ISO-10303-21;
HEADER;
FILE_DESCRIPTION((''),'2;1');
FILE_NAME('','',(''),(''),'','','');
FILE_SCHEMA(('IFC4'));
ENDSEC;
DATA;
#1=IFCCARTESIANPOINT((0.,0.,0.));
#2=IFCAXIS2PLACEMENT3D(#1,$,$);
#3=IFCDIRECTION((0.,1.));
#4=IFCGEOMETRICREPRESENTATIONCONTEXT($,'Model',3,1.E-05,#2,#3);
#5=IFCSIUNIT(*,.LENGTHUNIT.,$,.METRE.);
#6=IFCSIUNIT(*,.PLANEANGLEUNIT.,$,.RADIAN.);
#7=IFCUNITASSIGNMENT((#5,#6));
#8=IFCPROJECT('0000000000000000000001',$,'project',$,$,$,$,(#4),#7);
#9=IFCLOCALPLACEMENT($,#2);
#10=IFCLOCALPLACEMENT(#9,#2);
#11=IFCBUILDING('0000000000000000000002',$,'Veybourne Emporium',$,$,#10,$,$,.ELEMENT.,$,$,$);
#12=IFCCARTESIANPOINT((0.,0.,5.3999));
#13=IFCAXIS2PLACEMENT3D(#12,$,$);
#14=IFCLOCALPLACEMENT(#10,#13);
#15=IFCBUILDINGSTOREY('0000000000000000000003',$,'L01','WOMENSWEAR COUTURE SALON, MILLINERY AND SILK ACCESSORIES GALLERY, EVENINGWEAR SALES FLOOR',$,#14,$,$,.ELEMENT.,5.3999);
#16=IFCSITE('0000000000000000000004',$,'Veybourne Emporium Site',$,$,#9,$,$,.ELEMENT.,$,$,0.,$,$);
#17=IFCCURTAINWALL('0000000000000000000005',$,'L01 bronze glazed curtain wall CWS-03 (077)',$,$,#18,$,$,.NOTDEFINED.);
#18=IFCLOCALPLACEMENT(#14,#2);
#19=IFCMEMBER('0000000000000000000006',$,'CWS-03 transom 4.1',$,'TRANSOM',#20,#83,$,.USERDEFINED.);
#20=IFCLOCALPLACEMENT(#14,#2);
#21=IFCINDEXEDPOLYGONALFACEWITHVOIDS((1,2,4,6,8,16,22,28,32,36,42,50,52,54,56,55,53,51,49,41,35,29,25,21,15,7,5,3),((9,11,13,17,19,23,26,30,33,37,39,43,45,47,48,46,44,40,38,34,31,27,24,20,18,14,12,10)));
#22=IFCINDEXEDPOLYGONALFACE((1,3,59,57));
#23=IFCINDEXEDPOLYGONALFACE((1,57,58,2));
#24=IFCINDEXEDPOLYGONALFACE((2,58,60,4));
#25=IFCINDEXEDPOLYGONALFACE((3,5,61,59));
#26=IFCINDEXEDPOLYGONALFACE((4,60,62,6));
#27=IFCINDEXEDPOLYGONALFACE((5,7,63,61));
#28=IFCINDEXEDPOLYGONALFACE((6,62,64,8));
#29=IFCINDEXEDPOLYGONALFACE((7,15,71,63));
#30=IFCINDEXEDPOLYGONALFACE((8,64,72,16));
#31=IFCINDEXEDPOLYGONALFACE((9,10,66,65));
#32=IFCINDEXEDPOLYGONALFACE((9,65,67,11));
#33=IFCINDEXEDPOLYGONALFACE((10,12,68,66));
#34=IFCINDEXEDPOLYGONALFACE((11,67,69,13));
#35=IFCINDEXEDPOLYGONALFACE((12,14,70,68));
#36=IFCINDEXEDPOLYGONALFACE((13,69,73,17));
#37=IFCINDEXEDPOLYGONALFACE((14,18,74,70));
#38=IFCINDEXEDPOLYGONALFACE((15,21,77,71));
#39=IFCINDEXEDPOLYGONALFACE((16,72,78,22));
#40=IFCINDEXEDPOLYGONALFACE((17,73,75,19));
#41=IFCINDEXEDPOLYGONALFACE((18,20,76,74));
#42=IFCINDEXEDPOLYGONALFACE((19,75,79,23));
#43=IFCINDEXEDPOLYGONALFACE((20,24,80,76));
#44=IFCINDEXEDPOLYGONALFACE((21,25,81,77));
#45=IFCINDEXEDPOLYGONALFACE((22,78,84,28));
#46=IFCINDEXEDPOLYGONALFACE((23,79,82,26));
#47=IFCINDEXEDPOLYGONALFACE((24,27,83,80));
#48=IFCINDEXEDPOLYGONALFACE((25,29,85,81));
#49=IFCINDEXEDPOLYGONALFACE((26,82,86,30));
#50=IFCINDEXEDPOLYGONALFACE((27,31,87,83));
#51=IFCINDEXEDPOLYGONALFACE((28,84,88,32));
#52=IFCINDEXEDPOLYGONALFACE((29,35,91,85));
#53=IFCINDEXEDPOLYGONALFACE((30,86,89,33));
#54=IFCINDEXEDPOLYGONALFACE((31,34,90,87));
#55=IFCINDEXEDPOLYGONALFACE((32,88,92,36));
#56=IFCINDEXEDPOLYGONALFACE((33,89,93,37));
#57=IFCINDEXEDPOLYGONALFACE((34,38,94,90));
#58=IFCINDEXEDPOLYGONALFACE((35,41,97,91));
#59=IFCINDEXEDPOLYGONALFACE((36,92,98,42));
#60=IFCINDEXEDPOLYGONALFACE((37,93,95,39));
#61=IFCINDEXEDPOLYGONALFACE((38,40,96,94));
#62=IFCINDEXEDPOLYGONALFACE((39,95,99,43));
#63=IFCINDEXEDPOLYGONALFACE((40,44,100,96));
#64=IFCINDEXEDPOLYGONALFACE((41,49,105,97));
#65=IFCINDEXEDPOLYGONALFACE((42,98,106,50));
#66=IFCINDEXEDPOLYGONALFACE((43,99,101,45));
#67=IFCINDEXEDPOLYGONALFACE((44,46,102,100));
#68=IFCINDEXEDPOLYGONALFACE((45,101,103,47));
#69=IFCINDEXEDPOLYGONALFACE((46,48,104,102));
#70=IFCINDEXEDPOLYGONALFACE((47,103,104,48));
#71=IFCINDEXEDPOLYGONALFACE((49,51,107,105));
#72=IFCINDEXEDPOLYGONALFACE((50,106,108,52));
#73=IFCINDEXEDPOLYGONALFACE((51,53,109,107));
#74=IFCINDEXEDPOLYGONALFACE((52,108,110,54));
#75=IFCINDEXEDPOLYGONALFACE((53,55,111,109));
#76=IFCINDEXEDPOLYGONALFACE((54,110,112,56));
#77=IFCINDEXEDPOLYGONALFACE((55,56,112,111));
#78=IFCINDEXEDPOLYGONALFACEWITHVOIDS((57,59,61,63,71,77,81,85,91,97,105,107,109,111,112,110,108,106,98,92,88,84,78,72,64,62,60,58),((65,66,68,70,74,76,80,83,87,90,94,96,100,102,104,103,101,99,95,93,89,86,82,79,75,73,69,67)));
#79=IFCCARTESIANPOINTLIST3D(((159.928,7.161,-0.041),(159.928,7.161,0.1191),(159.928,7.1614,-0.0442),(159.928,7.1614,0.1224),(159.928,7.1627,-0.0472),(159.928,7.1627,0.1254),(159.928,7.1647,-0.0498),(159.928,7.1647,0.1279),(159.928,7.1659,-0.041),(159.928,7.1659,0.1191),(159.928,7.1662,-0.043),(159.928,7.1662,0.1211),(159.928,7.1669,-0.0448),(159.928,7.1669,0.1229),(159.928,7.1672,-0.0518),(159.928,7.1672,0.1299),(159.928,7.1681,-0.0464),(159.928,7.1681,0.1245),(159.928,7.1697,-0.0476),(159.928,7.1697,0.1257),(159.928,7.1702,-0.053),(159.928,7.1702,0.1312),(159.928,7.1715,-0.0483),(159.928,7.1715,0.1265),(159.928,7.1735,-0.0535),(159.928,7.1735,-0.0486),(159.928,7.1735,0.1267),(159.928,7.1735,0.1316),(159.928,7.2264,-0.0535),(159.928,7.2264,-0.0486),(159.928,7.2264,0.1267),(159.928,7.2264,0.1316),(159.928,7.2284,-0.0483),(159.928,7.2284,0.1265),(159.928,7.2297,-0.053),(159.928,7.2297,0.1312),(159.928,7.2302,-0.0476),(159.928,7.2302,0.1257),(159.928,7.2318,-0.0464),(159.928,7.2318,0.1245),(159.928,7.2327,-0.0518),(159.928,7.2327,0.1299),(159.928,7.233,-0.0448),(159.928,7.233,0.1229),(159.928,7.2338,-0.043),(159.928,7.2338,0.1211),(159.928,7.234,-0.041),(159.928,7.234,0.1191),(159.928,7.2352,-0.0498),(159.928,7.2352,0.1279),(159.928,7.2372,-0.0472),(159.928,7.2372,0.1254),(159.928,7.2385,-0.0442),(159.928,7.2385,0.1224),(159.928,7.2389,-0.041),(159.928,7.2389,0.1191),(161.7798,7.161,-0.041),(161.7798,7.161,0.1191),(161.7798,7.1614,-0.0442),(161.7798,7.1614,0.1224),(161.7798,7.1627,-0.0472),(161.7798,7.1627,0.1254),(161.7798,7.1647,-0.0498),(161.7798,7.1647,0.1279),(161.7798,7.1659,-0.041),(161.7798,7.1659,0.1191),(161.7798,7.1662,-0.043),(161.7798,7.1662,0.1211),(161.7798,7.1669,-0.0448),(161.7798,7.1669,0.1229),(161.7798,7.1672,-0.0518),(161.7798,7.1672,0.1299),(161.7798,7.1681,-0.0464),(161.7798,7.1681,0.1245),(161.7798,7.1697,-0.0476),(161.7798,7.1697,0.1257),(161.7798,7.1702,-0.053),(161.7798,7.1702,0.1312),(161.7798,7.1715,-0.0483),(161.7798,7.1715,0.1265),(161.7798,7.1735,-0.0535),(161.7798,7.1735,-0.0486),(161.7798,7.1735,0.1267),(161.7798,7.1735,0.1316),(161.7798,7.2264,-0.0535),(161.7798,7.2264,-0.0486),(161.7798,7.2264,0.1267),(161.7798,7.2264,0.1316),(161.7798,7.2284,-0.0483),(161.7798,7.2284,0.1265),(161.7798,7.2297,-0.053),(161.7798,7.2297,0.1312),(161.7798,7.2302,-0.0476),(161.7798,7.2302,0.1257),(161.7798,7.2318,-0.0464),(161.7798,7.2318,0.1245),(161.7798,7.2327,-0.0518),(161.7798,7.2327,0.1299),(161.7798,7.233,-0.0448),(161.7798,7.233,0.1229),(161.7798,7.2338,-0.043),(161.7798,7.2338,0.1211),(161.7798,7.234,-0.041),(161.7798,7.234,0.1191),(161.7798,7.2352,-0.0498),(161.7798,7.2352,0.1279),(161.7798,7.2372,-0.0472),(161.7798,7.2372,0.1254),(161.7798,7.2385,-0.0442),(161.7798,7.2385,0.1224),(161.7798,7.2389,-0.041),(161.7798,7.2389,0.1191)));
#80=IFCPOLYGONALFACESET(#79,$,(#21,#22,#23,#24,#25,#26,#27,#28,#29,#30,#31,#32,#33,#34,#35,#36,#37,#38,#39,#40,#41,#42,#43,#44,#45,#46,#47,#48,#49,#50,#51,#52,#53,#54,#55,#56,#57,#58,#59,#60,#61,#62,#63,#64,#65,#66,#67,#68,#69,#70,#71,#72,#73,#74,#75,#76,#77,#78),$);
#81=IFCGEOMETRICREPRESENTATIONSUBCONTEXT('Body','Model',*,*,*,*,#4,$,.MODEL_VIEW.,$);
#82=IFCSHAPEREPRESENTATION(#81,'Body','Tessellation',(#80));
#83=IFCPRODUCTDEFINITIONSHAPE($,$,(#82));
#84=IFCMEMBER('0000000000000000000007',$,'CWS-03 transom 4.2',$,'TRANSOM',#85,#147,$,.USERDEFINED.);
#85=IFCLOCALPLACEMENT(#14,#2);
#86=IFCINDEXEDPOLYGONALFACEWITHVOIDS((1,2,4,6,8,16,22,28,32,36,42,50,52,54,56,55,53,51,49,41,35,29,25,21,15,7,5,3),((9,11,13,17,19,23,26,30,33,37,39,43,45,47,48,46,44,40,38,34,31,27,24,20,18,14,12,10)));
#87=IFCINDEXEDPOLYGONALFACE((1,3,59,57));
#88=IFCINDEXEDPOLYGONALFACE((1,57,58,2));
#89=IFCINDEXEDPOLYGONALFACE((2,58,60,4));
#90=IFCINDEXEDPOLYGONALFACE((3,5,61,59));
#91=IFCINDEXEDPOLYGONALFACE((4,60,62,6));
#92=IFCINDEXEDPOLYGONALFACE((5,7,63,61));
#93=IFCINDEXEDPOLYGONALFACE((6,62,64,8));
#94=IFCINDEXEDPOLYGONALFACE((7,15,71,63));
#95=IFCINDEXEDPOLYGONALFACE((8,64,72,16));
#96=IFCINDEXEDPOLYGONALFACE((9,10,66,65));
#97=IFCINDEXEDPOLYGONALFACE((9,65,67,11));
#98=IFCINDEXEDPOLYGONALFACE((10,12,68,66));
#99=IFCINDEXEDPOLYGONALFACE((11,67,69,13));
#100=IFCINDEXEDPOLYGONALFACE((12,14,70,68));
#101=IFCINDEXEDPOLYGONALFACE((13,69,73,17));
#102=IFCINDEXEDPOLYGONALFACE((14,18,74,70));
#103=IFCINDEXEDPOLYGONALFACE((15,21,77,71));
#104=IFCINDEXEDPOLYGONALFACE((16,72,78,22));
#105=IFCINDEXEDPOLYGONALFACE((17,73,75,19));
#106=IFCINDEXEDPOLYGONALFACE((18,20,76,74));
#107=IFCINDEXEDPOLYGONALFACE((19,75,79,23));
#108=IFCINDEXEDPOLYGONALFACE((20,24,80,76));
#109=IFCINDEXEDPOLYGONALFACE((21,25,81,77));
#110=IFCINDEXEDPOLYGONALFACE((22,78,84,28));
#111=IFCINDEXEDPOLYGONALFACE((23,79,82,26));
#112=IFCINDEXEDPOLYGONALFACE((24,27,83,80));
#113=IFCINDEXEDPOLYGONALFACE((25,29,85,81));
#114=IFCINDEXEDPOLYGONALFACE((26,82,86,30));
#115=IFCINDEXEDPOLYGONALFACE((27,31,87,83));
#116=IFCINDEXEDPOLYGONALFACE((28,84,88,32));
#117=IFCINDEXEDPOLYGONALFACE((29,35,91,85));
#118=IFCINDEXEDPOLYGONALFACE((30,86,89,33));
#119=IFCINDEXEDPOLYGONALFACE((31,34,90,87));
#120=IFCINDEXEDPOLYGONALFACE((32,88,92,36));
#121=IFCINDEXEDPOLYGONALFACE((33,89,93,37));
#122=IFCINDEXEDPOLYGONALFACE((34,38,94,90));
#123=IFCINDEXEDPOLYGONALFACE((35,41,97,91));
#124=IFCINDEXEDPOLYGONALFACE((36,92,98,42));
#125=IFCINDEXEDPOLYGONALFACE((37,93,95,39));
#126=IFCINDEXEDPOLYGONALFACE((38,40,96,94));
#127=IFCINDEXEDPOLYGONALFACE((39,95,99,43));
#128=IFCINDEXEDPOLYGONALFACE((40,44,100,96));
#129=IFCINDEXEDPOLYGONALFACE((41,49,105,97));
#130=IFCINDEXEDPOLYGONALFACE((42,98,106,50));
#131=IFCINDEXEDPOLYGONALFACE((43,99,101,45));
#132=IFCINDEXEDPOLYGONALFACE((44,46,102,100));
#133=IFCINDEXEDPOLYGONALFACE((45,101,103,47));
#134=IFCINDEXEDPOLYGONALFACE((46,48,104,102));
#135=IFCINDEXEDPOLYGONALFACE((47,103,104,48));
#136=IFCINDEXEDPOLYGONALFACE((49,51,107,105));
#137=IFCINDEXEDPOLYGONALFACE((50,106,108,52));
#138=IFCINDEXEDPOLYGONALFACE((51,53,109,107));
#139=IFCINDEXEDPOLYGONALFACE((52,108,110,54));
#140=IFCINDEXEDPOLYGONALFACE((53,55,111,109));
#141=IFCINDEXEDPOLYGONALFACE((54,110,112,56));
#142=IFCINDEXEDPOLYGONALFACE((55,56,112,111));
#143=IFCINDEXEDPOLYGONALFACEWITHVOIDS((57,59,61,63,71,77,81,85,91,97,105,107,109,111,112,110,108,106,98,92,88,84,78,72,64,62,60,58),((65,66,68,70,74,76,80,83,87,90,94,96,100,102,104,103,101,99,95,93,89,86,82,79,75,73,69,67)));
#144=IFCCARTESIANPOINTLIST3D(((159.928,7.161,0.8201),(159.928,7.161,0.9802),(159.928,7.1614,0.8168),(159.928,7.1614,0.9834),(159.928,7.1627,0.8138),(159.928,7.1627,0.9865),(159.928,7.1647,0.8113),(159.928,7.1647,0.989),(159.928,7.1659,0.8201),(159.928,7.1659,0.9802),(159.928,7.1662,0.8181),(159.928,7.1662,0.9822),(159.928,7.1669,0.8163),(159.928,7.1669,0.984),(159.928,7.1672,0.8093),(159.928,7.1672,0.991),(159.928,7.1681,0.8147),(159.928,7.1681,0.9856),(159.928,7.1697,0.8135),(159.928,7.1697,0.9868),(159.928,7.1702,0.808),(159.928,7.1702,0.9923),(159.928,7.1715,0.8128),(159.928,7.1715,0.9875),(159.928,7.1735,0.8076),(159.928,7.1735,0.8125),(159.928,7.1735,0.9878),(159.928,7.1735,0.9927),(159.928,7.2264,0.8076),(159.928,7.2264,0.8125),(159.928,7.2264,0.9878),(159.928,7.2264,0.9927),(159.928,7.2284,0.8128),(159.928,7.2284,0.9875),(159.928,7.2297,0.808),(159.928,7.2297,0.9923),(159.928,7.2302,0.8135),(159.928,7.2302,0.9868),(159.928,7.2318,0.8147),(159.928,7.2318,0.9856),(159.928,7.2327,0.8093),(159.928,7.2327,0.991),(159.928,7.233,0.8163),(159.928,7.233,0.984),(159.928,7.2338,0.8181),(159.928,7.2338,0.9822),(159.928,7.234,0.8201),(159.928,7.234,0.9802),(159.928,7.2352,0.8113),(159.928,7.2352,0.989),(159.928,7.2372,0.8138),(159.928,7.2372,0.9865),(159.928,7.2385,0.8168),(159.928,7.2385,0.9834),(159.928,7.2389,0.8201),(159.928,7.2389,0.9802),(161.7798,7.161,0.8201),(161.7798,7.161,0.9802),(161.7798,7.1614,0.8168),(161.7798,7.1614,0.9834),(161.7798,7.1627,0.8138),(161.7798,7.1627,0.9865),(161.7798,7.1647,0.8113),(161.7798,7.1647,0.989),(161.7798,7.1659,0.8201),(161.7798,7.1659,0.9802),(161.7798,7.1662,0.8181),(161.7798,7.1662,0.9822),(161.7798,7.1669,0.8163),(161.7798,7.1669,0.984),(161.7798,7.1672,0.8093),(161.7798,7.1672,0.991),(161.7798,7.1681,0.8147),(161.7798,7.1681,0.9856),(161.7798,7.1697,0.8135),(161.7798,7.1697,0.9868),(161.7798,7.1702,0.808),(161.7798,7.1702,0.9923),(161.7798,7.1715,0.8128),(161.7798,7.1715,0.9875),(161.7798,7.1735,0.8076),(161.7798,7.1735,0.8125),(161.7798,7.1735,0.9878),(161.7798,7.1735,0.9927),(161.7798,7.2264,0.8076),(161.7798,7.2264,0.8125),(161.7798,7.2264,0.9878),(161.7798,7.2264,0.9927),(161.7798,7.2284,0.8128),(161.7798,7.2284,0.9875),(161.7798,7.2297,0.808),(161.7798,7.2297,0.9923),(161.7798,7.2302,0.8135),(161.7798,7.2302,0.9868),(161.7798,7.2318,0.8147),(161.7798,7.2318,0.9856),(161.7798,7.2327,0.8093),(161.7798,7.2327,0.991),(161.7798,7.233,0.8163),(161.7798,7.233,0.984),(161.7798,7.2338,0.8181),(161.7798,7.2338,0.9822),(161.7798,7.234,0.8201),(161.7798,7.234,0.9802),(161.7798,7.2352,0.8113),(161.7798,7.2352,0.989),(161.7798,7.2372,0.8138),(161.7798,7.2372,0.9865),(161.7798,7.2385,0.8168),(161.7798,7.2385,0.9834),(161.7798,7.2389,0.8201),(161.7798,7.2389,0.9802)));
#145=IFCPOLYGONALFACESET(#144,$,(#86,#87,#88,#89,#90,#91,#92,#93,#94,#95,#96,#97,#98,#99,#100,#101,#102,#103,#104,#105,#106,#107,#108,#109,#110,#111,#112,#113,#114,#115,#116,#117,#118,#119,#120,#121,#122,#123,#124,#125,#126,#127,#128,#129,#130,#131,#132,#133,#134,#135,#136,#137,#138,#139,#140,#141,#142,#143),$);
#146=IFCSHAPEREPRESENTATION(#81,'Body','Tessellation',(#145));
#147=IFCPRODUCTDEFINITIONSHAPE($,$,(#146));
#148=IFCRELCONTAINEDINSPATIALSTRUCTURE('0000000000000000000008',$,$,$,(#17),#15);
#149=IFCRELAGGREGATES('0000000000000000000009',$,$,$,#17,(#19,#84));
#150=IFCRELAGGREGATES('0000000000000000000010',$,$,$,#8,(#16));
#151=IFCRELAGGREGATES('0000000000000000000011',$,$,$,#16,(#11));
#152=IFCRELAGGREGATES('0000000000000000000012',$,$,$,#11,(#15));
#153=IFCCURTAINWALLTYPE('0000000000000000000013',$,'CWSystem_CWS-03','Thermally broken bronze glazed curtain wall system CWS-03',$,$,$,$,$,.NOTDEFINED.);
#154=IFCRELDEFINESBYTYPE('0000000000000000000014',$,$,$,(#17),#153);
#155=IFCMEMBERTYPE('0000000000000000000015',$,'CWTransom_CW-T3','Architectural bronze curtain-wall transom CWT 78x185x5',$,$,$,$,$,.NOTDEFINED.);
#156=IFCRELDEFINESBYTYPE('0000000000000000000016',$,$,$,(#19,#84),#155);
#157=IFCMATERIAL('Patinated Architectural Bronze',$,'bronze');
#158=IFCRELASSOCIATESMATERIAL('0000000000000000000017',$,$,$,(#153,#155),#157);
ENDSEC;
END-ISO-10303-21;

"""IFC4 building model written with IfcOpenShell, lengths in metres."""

from ifc_helpers import new_model, si_unit, direction, frame, origin, origin_2d, place, context, subcontext, project, spatial, hollow_rectangle, extrude, material, material_profile, profile_set, type_object, element, aggregate, save


model = new_model("IFC4")

# Units and contexts
model_context = context("Model", 3, precision=1e-05, world=origin(), true_north=direction((0.0, 1.0)))
body_context = subcontext(model_context, "Body", "Model", "MODEL_VIEW")
ifc_project = project(units=[si_unit("LENGTHUNIT", "METRE"), si_unit("PLANEANGLEUNIT", "RADIAN")], contexts=[model_context])

# Site, building, storey
site_placement = place(None, origin())
site = spatial("IfcSite", under=ifc_project, at=site_placement, Name="Veybourne Emporium Site", CompositionType="ELEMENT", RefElevation=0.0)
building_placement = place(site_placement, origin())
building = spatial("IfcBuilding", under=site, at=building_placement, Name="Veybourne Emporium", CompositionType="ELEMENT")
storey_placement = place(building_placement, frame((0.0, 0.0, 5.3999)))
storey = spatial("IfcBuildingStorey", under=building, at=storey_placement, Name="L01", Description="WOMENSWEAR COUTURE SALON, MILLINERY AND SILK ACCESSORIES GALLERY, EVENINGWEAR SALES FLOOR", CompositionType="ELEMENT", Elevation=5.3999)

# Curtain wall, members
ifc_material_1 = material(Name="Patinated Architectural Bronze", Category="bronze")
curtain_wall_type = type_object("IfcCurtainWallType", Name="CWSystem_CWS-03", Description="Thermally broken bronze glazed curtain wall system CWS-03", PredefinedType="NOTDEFINED", material=ifc_material_1)
curtain_wall_placement = place(storey_placement, origin())
curtain_wall = element("IfcCurtainWall", 1, at=curtain_wall_placement, inside=storey, type_object=curtain_wall_type, Name="L01 bronze glazed curtain wall CWS-03 (077)", PredefinedType="NOTDEFINED")
ifc_material_profile_1 = material_profile(ifc_material_1, hollow_rectangle(XDim=0.0779, YDim=0.1851, WallThickness=0.0049, InnerFilletRadius=0.0076, OuterFilletRadius=0.0125, at=origin_2d()), Name="CWT 78x185x5")
ifc_profile_set_1 = profile_set([ifc_material_profile_1], Name="Patinated Architectural Bronze")
member_type_1 = type_object("IfcMemberType", Name="CWTransom_CW-T3", Description="Architectural bronze curtain-wall transom CWT 78x185x5", PredefinedType="NOTDEFINED", material=ifc_profile_set_1)
member_1_placement = place(storey_placement, frame((161.7798, 7.2, 0.0391), z_axis=(-1.0, 0.0, 0.0), x_axis=(0.0, -1.0, 0.0)))
member_1 = element("IfcMember", 2, at=member_1_placement, type_object=member_type_1, Name="CWS-03 transom 4.1", ObjectType="TRANSOM", PredefinedType="USERDEFINED", context=body_context, shape_type="SweptSolid", body=[
    extrude(hollow_rectangle(XDim=0.0779, YDim=0.1851, WallThickness=0.0049, InnerFilletRadius=0.0076, OuterFilletRadius=0.0125, at=origin_2d()), origin(), (0.0, 0.0, 1.0), 1.8518),
])
member_2_placement = place(storey_placement, frame((161.7798, 7.2, 0.9001), z_axis=(-1.0, 0.0, 0.0), x_axis=(0.0, -1.0, 0.0)))
member_2 = element("IfcMember", 3, at=member_2_placement, type_object=member_type_1, Name="CWS-03 transom 4.2", ObjectType="TRANSOM", PredefinedType="USERDEFINED", context=body_context, shape_type="SweptSolid", body=[
    extrude(hollow_rectangle(XDim=0.0779, YDim=0.1851, WallThickness=0.0049, InnerFilletRadius=0.0076, OuterFilletRadius=0.0125, at=origin_2d()), origin(), (0.0, 0.0, 1.0), 1.8518),
])
aggregate(curtain_wall, [member_1, member_2])

save(model, "model.ifc")
